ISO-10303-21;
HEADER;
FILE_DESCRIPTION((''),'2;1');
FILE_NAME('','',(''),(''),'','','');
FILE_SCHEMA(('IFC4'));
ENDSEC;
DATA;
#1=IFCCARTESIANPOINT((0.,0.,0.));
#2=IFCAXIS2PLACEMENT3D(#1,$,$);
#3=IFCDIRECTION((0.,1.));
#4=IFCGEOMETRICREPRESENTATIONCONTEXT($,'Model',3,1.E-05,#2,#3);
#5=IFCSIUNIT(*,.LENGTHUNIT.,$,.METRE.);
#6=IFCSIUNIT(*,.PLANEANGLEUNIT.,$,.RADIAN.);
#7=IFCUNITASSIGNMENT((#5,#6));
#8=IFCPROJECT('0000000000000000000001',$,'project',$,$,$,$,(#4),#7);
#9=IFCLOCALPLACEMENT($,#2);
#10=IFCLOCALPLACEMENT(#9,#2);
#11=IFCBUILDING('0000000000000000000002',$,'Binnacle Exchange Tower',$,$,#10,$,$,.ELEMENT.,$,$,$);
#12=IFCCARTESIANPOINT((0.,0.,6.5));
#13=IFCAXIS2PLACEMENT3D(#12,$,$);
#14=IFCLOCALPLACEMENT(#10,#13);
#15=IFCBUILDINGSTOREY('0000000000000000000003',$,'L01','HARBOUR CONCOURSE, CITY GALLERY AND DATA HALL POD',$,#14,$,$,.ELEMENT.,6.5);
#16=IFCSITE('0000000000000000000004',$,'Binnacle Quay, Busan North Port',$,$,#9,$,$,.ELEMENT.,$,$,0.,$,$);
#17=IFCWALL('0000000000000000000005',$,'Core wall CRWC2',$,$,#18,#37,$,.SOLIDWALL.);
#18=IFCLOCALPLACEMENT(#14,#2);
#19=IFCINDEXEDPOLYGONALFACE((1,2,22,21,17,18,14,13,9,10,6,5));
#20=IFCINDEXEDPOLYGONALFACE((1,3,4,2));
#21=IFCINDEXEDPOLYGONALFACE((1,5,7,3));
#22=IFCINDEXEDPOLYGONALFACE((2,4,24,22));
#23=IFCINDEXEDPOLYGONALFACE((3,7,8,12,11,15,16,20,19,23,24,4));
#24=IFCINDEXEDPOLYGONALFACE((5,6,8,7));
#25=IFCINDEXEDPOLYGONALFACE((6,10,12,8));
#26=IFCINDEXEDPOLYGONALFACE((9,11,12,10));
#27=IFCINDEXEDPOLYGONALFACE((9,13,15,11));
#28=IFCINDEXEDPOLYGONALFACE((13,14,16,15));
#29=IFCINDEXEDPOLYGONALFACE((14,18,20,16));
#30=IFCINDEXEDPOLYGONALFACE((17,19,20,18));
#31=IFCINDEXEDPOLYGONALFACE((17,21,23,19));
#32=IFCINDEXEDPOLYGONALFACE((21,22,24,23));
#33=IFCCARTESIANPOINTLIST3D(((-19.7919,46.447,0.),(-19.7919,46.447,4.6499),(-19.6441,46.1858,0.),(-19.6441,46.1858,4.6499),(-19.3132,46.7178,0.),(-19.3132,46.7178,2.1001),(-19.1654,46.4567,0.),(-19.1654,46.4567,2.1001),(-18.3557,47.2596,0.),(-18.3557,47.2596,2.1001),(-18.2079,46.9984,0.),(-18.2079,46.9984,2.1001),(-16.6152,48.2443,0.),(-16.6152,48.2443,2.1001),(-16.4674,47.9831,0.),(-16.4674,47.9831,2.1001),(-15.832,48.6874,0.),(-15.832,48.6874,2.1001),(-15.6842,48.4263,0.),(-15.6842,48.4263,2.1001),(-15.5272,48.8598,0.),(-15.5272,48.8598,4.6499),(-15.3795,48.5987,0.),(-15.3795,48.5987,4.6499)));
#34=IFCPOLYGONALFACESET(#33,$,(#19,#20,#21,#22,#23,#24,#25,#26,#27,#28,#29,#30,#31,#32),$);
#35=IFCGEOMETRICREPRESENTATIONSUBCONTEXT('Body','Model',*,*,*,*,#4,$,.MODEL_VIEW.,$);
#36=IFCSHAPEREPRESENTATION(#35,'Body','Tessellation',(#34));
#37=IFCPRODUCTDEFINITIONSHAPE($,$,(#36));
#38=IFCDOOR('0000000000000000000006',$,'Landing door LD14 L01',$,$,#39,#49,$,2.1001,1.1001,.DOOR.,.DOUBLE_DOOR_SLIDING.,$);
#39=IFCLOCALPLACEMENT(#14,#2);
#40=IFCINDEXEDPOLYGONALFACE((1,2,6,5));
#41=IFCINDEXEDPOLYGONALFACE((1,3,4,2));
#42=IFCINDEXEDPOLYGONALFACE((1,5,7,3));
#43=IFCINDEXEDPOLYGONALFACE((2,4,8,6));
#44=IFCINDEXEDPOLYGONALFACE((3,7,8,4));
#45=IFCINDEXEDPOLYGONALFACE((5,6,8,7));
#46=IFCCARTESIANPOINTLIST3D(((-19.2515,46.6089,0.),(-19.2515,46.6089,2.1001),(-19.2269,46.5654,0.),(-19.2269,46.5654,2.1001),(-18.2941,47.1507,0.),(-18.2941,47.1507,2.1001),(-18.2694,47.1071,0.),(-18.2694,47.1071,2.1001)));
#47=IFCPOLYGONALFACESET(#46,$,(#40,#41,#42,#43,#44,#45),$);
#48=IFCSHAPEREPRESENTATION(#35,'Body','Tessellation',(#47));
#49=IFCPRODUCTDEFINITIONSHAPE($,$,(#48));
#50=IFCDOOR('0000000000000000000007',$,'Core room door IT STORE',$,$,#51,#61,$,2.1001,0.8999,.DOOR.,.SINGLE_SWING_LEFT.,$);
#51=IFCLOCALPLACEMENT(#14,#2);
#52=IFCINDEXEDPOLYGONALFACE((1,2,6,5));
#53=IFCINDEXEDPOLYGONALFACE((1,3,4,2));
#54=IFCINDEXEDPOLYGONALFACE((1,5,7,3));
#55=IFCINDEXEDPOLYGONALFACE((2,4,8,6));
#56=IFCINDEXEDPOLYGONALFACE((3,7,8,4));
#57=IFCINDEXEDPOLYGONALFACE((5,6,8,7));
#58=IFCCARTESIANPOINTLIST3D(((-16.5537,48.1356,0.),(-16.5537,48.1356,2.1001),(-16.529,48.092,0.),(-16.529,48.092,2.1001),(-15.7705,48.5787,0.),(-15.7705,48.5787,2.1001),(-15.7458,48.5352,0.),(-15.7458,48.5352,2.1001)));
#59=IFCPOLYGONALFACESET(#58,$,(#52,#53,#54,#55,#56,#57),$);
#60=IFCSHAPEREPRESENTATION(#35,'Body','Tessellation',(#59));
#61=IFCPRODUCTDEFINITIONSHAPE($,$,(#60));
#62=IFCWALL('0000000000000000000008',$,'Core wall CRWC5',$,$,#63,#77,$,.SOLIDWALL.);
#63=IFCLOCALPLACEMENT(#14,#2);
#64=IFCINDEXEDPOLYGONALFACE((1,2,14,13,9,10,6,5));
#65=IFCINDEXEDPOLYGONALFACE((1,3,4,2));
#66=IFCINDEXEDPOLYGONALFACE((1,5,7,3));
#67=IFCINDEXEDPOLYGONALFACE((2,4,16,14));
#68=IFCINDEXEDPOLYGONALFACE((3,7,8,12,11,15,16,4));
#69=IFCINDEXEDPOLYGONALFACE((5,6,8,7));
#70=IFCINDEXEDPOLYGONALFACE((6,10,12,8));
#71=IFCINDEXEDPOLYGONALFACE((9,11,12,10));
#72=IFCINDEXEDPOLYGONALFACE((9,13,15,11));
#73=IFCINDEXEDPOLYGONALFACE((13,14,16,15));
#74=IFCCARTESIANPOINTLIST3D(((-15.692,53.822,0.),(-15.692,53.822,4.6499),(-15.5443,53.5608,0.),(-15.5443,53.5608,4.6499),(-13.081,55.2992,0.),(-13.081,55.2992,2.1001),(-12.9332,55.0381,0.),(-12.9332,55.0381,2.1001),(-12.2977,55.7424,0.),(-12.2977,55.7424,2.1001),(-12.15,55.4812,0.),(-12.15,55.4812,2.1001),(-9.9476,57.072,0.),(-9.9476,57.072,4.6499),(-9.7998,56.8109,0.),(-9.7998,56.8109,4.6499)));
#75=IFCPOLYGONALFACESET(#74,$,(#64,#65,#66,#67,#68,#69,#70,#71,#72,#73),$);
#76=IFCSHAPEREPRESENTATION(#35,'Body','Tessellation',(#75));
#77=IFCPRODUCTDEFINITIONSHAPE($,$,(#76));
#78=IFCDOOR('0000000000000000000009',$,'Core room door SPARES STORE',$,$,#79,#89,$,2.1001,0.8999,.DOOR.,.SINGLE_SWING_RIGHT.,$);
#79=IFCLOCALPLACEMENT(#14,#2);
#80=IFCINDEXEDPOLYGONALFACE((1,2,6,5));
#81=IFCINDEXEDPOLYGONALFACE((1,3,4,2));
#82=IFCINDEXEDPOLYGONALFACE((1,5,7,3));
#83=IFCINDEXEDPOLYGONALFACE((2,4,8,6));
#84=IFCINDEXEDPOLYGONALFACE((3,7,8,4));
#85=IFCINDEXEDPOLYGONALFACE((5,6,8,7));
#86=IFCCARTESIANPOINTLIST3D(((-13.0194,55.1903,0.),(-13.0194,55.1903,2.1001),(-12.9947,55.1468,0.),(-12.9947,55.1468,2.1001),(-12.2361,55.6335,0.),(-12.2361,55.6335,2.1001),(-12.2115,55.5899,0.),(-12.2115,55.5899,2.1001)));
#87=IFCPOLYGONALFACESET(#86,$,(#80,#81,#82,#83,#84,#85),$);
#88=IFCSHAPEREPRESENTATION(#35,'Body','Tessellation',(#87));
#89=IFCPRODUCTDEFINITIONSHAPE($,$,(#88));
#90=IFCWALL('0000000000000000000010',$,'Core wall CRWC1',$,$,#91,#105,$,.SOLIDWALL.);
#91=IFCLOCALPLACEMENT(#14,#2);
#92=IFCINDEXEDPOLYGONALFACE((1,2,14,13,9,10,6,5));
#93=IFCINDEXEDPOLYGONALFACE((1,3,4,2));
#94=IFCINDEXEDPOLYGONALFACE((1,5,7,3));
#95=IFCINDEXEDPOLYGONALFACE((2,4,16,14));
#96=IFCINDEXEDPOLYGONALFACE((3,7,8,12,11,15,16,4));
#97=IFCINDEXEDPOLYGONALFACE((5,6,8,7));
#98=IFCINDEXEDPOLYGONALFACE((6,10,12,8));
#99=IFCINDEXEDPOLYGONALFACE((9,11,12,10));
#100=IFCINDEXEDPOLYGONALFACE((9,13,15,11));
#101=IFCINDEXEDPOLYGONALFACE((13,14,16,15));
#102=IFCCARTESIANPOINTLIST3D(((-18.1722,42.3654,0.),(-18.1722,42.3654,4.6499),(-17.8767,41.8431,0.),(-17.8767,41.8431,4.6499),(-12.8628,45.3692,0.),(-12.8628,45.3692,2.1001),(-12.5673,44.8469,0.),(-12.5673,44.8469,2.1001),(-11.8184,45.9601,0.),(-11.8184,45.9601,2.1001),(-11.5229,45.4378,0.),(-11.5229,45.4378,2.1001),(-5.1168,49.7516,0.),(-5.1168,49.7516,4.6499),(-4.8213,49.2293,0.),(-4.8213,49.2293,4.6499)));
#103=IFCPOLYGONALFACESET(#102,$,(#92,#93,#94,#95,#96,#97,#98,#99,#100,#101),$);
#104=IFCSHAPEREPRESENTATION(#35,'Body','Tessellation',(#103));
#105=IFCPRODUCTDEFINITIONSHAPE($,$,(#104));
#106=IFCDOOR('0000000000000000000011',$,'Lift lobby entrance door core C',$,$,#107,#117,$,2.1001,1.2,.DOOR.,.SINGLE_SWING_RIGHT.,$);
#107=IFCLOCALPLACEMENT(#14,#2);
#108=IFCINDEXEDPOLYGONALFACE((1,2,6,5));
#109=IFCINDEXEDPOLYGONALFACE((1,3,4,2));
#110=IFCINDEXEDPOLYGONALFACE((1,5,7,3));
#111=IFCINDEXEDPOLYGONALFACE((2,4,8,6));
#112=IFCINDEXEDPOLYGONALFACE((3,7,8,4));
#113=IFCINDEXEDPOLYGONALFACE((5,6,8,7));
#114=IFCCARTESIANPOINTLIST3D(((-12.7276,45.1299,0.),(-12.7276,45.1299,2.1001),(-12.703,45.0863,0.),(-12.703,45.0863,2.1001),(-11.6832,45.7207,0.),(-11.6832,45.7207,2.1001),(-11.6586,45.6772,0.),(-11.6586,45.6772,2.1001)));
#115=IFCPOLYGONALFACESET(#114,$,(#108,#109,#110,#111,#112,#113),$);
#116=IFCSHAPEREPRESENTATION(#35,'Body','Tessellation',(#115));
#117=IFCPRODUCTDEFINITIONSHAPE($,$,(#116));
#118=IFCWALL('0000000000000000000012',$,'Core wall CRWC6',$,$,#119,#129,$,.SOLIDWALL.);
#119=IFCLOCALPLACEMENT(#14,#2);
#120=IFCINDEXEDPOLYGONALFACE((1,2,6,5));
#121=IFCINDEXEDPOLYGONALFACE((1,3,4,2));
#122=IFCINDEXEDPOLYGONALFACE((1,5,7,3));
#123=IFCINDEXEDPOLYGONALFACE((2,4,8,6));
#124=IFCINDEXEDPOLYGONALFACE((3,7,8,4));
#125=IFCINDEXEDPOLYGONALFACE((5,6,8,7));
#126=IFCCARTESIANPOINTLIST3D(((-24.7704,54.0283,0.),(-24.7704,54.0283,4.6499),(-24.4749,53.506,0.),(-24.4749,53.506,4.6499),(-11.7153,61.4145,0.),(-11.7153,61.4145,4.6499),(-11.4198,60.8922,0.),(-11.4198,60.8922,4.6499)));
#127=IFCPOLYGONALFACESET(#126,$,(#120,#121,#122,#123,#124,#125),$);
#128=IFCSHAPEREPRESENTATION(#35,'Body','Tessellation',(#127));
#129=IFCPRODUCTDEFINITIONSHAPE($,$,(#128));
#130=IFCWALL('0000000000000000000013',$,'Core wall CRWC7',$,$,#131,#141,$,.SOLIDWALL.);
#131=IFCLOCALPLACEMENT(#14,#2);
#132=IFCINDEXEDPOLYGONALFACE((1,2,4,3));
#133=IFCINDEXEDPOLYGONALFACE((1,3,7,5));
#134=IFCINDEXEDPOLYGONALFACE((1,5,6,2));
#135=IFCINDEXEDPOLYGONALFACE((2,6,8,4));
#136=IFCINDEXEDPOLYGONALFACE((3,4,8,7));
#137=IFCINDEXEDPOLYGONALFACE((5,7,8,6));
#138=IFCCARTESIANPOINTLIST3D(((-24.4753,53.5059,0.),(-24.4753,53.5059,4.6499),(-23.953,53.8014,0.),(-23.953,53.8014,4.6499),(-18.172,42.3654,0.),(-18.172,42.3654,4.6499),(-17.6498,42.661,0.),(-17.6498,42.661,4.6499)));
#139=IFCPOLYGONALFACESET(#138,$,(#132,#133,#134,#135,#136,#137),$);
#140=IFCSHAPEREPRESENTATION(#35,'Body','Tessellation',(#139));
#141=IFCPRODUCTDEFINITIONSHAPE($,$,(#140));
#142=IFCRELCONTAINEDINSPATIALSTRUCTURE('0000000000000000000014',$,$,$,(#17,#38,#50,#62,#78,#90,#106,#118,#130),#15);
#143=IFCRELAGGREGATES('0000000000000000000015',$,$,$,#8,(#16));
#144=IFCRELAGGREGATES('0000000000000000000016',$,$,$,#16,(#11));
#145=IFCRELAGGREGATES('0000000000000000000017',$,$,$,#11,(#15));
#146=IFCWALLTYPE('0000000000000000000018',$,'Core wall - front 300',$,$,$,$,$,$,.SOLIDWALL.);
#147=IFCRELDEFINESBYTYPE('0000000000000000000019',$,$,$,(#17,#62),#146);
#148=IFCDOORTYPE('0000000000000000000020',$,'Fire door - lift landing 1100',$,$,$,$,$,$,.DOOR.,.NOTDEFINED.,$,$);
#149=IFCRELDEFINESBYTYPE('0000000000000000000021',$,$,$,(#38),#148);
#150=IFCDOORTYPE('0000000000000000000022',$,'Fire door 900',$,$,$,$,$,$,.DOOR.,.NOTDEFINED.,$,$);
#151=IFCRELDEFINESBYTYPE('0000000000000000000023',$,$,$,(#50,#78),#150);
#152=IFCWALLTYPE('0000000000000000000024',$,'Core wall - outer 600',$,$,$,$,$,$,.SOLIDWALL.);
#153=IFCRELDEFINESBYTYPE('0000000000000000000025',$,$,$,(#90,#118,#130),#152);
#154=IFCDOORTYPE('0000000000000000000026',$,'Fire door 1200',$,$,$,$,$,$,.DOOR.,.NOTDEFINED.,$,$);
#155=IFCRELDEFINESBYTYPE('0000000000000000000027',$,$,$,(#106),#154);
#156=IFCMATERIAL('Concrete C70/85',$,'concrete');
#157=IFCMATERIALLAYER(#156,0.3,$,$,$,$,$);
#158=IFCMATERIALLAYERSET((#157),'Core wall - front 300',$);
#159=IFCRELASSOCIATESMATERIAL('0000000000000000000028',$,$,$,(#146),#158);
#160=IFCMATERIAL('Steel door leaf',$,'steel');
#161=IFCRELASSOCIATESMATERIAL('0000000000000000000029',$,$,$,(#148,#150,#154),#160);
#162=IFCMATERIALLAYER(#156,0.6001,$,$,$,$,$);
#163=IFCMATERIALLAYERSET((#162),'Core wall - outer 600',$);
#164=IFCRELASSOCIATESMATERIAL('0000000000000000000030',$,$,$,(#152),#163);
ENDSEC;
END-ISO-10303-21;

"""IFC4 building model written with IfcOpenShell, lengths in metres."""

from ifc_helpers import new_model, si_unit, direction, frame, frame_2d, origin, place, context, subcontext, project, spatial, rectangle, extrude, material, layer, layer_set, type_object, element, fill, save


model = new_model("IFC4")

# Units and contexts
model_context = context("Model", 3, precision=1e-05, world=origin(), true_north=direction((0.0, 1.0)))
body_context = subcontext(model_context, "Body", "Model", "MODEL_VIEW")
ifc_project = project(units=[si_unit("LENGTHUNIT", "METRE"), si_unit("PLANEANGLEUNIT", "RADIAN")], contexts=[model_context])

# Site, building, storey
site_placement = place(None, origin())
site = spatial("IfcSite", under=ifc_project, at=site_placement, Name="Binnacle Quay, Busan North Port", CompositionType="ELEMENT", RefElevation=0.0)
building_placement = place(site_placement, origin())
building = spatial("IfcBuilding", under=site, at=building_placement, Name="Binnacle Exchange Tower", CompositionType="ELEMENT")
storey_placement = place(building_placement, frame((0.0, 0.0, 6.5)))
storey = spatial("IfcBuildingStorey", under=building, at=storey_placement, Name="L01", Description="HARBOUR CONCOURSE, CITY GALLERY AND DATA HALL POD", CompositionType="ELEMENT", Elevation=6.5)

# Wall, openings, doors
ifc_material_1 = material(Name="Concrete C70/85", Category="concrete")
ifc_layer_1 = layer(ifc_material_1, 0.3)
ifc_layer_set_1 = layer_set([ifc_layer_1], Name="Core wall - front 300")
wall_type_1 = type_object("IfcWallType", Name="Core wall - front 300", PredefinedType="SOLIDWALL", material=ifc_layer_set_1)
wall_1_placement = place(storey_placement, frame((-19.718, 46.3164, 0.0), z_axis=(0.0, 0.0, 1.0), x_axis=(0.870354, 0.492427, 0.0)))
wall_1 = element("IfcWall", 1, at=wall_1_placement, inside=storey, type_object=wall_type_1, Name="Core wall CRWC2", PredefinedType="SOLIDWALL", context=body_context, shape_type="SweptSolid", body=[
    extrude(rectangle(XDim=4.8999, YDim=0.3, at=frame_2d((2.45, 0.0))), origin(), (0.0, 0.0, 1.0), 4.6499),
])
opening_1_placement = place(wall_1_placement, frame((0.55, 0.0, 0.0)))
opening_1 = element("IfcOpeningElement", 2, at=opening_1_placement, cuts=wall_1, PredefinedType="OPENING", context=body_context, shape_type="SweptSolid", body=[
    extrude(rectangle(XDim=1.1001, YDim=2.1001, at=frame_2d((0.55, 1.05))), frame((0.0, 0.1599, 0.0), z_axis=(0.0, -1.0, 0.0), x_axis=(1.0, 0.0, 0.0)), (0.0, 0.0, 1.0), 0.3201),
])
opening_2_placement = place(wall_1_placement, frame((3.6499, 0.0, 0.0)))
opening_2 = element("IfcOpeningElement", 3, at=opening_2_placement, cuts=wall_1, PredefinedType="OPENING", context=body_context, shape_type="SweptSolid", body=[
    extrude(rectangle(XDim=0.8999, YDim=2.1001, at=frame_2d((0.45, 1.05))), frame((0.0, 0.1599, 0.0), z_axis=(0.0, -1.0, 0.0), x_axis=(1.0, 0.0, 0.0)), (0.0, 0.0, 1.0), 0.3201),
])
ifc_material_2 = material(Name="Steel door leaf", Category="steel")
door_type_1 = type_object("IfcDoorType", Name="Fire door - lift landing 1100", OperationType="NOTDEFINED", PredefinedType="DOOR", material=ifc_material_2)
door_1_placement = place(opening_1_placement, origin())
door_1 = element("IfcDoor", 4, at=door_1_placement, inside=storey, type_object=door_type_1, Name="Landing door LD14 L01", OperationType="DOUBLE_DOOR_SLIDING", OverallHeight=2.1001, OverallWidth=1.1001, PredefinedType="DOOR", context=body_context, shape_type="SweptSolid", body=[
    extrude(rectangle(XDim=1.1001, YDim=2.1001, at=frame_2d((0.55, 1.05))), frame((0.0, 0.0249, 0.0), z_axis=(0.0, -1.0, 0.0), x_axis=(1.0, 0.0, 0.0)), (0.0, 0.0, 1.0), 0.05),
])
fill(opening_1, door_1)
door_type_2 = type_object("IfcDoorType", Name="Fire door 900", OperationType="NOTDEFINED", PredefinedType="DOOR", material=ifc_material_2)
door_2_placement = place(opening_2_placement, frame((0.8999, 0.0, 0.0), z_axis=(0.0, 0.0, 1.0), x_axis=(-1.0, 0.0, 0.0)))
door_2 = element("IfcDoor", 5, at=door_2_placement, inside=storey, type_object=door_type_2, Name="Core room door IT STORE", OperationType="SINGLE_SWING_LEFT", OverallHeight=2.1001, OverallWidth=0.8999, PredefinedType="DOOR", context=body_context, shape_type="SweptSolid", body=[
    extrude(rectangle(XDim=0.8999, YDim=2.1001, at=frame_2d((0.45, 1.05))), frame((0.0, 0.0249, 0.0), z_axis=(0.0, -1.0, 0.0), x_axis=(1.0, 0.0, 0.0)), (0.0, 0.0, 1.0), 0.05),
])
fill(opening_2, door_2)

# Walls, openings, doors
wall_2_placement = place(storey_placement, frame((-15.6182, 53.6914, 0.0), z_axis=(0.0, 0.0, 1.0), x_axis=(0.870357, 0.492422, 0.0)))
wall_2 = element("IfcWall", 6, at=wall_2_placement, inside=storey, type_object=wall_type_1, Name="Core wall CRWC5", PredefinedType="SOLIDWALL", context=body_context, shape_type="SweptSolid", body=[
    extrude(rectangle(XDim=6.6001, YDim=0.3, at=frame_2d((3.3, 0.0))), origin(), (0.0, 0.0, 1.0), 4.6499),
])
opening_3_placement = place(wall_2_placement, frame((3.0, 0.0, 0.0)))
opening_3 = element("IfcOpeningElement", 7, at=opening_3_placement, cuts=wall_2, PredefinedType="OPENING", context=body_context, shape_type="SweptSolid", body=[
    extrude(rectangle(XDim=0.8999, YDim=2.1001, at=frame_2d((0.45, 1.05))), frame((0.0, 0.1599, 0.0), z_axis=(0.0, -1.0, 0.0), x_axis=(1.0, 0.0, 0.0)), (0.0, 0.0, 1.0), 0.3201),
])
door_3_placement = place(opening_3_placement, origin())
door_3 = element("IfcDoor", 8, at=door_3_placement, inside=storey, type_object=door_type_2, Name="Core room door SPARES STORE", OperationType="SINGLE_SWING_RIGHT", OverallHeight=2.1001, OverallWidth=0.8999, PredefinedType="DOOR", context=body_context, shape_type="SweptSolid", body=[
    extrude(rectangle(XDim=0.8999, YDim=2.1001, at=frame_2d((0.45, 1.05))), frame((0.0, 0.0249, 0.0), z_axis=(0.0, -1.0, 0.0), x_axis=(1.0, 0.0, 0.0)), (0.0, 0.0, 1.0), 0.05),
])
fill(opening_3, door_3)
ifc_layer_2 = layer(ifc_material_1, 0.6001)
ifc_layer_set_2 = layer_set([ifc_layer_2], Name="Core wall - outer 600")
wall_type_2 = type_object("IfcWallType", Name="Core wall - outer 600", PredefinedType="SOLIDWALL", material=ifc_layer_set_2)
wall_3_placement = place(storey_placement, frame((-18.0244, 42.1042, 0.0), z_axis=(0.0, 0.0, 1.0), x_axis=(0.870361, 0.492415, 0.0)))
wall_3 = element("IfcWall", 9, at=wall_3_placement, inside=storey, type_object=wall_type_2, Name="Core wall CRWC1", PredefinedType="SOLIDWALL", context=body_context, shape_type="SweptSolid", body=[
    extrude(rectangle(XDim=15.0, YDim=0.6001, at=frame_2d((7.5, 0.0))), origin(), (0.0, 0.0, 1.0), 4.6499),
])
opening_4_placement = place(wall_3_placement, frame((6.1001, 0.0, 0.0)))
opening_4 = element("IfcOpeningElement", 10, at=opening_4_placement, cuts=wall_3, PredefinedType="OPENING", context=body_context, shape_type="SweptSolid", body=[
    extrude(rectangle(XDim=1.2, YDim=2.1001, at=frame_2d((0.6001, 1.05))), frame((0.0, 0.3101, 0.0), z_axis=(0.0, -1.0, 0.0), x_axis=(1.0, 0.0, 0.0)), (0.0, 0.0, 1.0), 0.6201),
])
door_type_3 = type_object("IfcDoorType", Name="Fire door 1200", OperationType="NOTDEFINED", PredefinedType="DOOR", material=ifc_material_2)
door_4_placement = place(opening_4_placement, frame((1.2, 0.0, 0.0), z_axis=(0.0, 0.0, 1.0), x_axis=(-1.0, 0.0, 0.0)))
door_4 = element("IfcDoor", 11, at=door_4_placement, inside=storey, type_object=door_type_3, Name="Lift lobby entrance door core C", OperationType="SINGLE_SWING_RIGHT", OverallHeight=2.1001, OverallWidth=1.2, PredefinedType="DOOR", context=body_context, shape_type="SweptSolid", body=[
    extrude(rectangle(XDim=1.2, YDim=2.1001, at=frame_2d((0.6001, 1.05))), frame((0.0, 0.0249, 0.0), z_axis=(0.0, -1.0, 0.0), x_axis=(1.0, 0.0, 0.0)), (0.0, 0.0, 1.0), 0.05),
])
fill(opening_4, door_4)

# Walls
wall_4_placement = place(storey_placement, frame((-24.6228, 53.7671, 0.0), z_axis=(0.0, 0.0, 1.0), x_axis=(0.870357, 0.492422, 0.0)))
element("IfcWall", 12, at=wall_4_placement, inside=storey, type_object=wall_type_2, Name="Core wall CRWC6", PredefinedType="SOLIDWALL", context=body_context, shape_type="SweptSolid", body=[
    extrude(rectangle(XDim=14.9998, YDim=0.6001, at=frame_2d((7.5, 0.0))), origin(), (0.0, 0.0, 1.0), 4.6499),
])
wall_5_placement = place(storey_placement, frame((-24.2141, 53.6536, 0.0), z_axis=(0.0, 0.0, 1.0), x_axis=(0.492441, -0.870346, 0.0)))
element("IfcWall", 13, at=wall_5_placement, inside=storey, type_object=wall_type_2, Name="Core wall CRWC7", PredefinedType="SOLIDWALL", context=body_context, shape_type="SweptSolid", body=[
    extrude(rectangle(XDim=12.8, YDim=0.6001, at=frame_2d((6.3999, 0.0))), origin(), (0.0, 0.0, 1.0), 4.6499),
])

save(model, "model.ifc")
